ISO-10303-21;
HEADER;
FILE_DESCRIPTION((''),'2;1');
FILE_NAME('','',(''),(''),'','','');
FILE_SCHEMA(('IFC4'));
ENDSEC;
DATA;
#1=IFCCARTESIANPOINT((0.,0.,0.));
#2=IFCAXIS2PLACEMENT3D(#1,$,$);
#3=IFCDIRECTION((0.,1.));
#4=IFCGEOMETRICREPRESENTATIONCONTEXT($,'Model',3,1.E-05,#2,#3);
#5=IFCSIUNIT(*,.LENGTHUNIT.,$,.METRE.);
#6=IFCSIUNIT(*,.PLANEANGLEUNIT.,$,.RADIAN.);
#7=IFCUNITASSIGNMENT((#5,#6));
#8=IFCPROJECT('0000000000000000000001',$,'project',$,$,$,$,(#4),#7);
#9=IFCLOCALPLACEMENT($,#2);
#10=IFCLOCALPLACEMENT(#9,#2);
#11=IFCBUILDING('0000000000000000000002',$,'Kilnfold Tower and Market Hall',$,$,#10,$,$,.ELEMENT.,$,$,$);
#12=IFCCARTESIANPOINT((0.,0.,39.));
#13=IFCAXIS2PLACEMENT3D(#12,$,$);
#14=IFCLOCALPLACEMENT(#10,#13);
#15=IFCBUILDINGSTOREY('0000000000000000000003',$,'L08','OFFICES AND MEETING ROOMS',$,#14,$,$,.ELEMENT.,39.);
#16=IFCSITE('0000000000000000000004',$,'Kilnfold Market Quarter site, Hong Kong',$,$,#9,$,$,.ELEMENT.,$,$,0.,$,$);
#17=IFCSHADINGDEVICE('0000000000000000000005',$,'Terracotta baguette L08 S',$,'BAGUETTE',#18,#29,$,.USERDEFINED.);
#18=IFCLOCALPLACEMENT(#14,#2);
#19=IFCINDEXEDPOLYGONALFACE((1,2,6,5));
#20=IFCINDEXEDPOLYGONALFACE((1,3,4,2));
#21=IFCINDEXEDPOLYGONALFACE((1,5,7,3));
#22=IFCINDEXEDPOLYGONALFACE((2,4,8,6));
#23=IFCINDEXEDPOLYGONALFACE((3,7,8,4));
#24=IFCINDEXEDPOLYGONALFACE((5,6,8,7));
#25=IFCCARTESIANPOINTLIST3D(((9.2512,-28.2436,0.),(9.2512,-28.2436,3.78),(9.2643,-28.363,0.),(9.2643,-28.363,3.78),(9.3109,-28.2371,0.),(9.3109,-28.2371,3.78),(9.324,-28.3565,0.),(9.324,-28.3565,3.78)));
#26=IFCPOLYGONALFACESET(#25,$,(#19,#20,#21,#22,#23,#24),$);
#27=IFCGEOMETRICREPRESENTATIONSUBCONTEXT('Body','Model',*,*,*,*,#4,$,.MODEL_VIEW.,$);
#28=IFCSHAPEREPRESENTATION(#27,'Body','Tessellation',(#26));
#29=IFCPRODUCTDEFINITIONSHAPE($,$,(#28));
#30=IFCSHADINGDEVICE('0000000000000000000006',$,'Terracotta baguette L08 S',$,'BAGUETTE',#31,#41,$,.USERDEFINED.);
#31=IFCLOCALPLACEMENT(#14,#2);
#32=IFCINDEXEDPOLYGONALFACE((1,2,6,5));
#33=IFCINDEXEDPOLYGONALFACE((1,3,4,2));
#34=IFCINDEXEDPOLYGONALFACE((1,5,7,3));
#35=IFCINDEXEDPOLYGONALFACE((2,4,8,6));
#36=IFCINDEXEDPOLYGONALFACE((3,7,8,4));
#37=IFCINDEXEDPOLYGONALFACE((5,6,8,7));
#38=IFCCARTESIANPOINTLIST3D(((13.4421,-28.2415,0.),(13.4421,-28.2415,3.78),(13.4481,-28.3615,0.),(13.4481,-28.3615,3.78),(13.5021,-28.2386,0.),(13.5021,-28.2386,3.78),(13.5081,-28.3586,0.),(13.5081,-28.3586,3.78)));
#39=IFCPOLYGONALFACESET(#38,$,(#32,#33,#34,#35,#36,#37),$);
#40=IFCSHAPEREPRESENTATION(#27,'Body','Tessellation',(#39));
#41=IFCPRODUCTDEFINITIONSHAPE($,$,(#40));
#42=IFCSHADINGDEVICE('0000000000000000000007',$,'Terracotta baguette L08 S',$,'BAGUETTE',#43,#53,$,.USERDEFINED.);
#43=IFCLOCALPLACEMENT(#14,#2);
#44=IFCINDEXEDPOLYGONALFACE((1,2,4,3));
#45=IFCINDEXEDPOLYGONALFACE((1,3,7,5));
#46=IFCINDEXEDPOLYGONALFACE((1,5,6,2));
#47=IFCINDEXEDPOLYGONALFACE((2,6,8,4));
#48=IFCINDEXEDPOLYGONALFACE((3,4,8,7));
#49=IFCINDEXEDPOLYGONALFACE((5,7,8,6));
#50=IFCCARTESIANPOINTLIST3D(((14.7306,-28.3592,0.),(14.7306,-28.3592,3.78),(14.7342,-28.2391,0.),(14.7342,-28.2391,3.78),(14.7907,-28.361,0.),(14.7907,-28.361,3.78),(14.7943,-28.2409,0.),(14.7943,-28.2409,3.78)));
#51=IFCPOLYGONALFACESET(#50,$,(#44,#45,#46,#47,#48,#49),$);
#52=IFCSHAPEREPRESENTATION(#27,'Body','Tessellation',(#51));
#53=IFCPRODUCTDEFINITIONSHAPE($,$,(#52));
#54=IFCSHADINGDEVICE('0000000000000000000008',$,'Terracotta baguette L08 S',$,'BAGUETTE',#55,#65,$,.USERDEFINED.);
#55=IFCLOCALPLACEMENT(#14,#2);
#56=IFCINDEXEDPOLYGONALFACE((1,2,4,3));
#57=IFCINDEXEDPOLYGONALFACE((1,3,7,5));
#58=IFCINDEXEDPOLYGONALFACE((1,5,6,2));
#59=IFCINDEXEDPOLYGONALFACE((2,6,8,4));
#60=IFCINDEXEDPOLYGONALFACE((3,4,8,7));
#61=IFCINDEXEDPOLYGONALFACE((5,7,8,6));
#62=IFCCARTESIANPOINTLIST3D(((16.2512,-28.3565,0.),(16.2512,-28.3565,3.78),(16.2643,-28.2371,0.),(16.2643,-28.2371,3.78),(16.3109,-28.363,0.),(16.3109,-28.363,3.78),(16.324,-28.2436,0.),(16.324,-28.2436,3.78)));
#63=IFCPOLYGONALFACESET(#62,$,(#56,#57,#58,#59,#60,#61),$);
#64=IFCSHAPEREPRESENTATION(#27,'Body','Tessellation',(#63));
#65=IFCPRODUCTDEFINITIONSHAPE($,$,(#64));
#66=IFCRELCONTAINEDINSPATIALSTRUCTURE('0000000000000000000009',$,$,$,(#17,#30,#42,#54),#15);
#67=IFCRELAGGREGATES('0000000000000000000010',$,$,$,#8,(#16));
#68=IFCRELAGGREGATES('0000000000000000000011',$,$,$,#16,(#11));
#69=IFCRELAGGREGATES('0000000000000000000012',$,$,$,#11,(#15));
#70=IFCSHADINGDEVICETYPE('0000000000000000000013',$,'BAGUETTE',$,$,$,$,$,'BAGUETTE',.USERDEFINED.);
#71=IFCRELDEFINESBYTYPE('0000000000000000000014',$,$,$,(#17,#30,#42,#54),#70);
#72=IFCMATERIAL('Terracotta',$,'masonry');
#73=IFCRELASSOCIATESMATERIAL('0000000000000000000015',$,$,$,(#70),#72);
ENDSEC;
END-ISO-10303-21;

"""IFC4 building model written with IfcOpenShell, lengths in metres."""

from ifc_helpers import new_model, si_unit, direction, frame, origin, origin_2d, place, context, subcontext, project, spatial, rectangle, extrude, source, transform, mapped, material, material_profile, profile_set, type_object, element, save


model = new_model("IFC4")

# Units and contexts
model_context = context("Model", 3, precision=1e-05, world=origin(), true_north=direction((0.0, 1.0)))
body_context = subcontext(model_context, "Body", "Model", "MODEL_VIEW")
ifc_project = project(units=[si_unit("LENGTHUNIT", "METRE"), si_unit("PLANEANGLEUNIT", "RADIAN")], contexts=[model_context])

# Site, building, storey
site_placement = place(None, origin())
site = spatial("IfcSite", under=ifc_project, at=site_placement, Name="Kilnfold Market Quarter site, Hong Kong", CompositionType="ELEMENT", RefElevation=0.0)
building_placement = place(site_placement, origin())
building = spatial("IfcBuilding", under=site, at=building_placement, Name="Kilnfold Tower and Market Hall", CompositionType="ELEMENT")
storey_placement = place(building_placement, frame((0.0, 0.0, 39.0)))
storey = spatial("IfcBuildingStorey", under=building, at=storey_placement, Name="L08", Description="OFFICES AND MEETING ROOMS", CompositionType="ELEMENT", Elevation=39.0)

# Shading devices
ifc_material_1 = material(Name="Terracotta", Category="masonry")
ifc_material_profile_1 = material_profile(ifc_material_1, rectangle(XDim=0.0601, YDim=0.1201, at=origin_2d()), Name="BAG 60x120")
ifc_profile_set_1 = profile_set([ifc_material_profile_1], Name="Terracotta")
shading_device_type = type_object("IfcShadingDeviceType", Name="BAGUETTE", ElementType="BAGUETTE", PredefinedType="USERDEFINED", material=ifc_profile_set_1)
shared_shape_1 = source(origin(), body_context, "Body", "SweptSolid", [
    extrude(rectangle(XDim=0.0601, YDim=0.1201, at=origin_2d()), origin(), (0.0, 0.0, 1.0), 3.78),
])
for number, where, z_axis, x_axis, name in (
    (1, (9.2876, -28.3, 0.0), (0.0, 0.0, 1.0), (0.994016, 0.109238, 0.0), "Terracotta baguette L08 S"),
    (2, (13.4751, -28.3, 0.0), (0.0, 0.0, 1.0), (0.998782, 0.049334, 0.0), "Terracotta baguette L08 S"),
    (3, (14.7625, -28.3, 0.0), (0.0, 0.0, 1.0), (0.99955, -0.029996, 0.0), "Terracotta baguette L08 S"),
    (4, (16.2876, -28.3, 0.0), (0.0, 0.0, 1.0), (0.994016, -0.109238, 0.0), "Terracotta baguette L08 S"),
):
    element("IfcShadingDevice", number, at=place(storey_placement, frame(where, z_axis=z_axis, x_axis=x_axis)), inside=storey, type_object=shading_device_type, Name=name, ObjectType="BAGUETTE", PredefinedType="USERDEFINED", context=body_context, shape_type="MappedRepresentation", body=[
        mapped(shared_shape_1, transform((0.0, 0.0, 0.0))),
    ])

save(model, "model.ifc")
